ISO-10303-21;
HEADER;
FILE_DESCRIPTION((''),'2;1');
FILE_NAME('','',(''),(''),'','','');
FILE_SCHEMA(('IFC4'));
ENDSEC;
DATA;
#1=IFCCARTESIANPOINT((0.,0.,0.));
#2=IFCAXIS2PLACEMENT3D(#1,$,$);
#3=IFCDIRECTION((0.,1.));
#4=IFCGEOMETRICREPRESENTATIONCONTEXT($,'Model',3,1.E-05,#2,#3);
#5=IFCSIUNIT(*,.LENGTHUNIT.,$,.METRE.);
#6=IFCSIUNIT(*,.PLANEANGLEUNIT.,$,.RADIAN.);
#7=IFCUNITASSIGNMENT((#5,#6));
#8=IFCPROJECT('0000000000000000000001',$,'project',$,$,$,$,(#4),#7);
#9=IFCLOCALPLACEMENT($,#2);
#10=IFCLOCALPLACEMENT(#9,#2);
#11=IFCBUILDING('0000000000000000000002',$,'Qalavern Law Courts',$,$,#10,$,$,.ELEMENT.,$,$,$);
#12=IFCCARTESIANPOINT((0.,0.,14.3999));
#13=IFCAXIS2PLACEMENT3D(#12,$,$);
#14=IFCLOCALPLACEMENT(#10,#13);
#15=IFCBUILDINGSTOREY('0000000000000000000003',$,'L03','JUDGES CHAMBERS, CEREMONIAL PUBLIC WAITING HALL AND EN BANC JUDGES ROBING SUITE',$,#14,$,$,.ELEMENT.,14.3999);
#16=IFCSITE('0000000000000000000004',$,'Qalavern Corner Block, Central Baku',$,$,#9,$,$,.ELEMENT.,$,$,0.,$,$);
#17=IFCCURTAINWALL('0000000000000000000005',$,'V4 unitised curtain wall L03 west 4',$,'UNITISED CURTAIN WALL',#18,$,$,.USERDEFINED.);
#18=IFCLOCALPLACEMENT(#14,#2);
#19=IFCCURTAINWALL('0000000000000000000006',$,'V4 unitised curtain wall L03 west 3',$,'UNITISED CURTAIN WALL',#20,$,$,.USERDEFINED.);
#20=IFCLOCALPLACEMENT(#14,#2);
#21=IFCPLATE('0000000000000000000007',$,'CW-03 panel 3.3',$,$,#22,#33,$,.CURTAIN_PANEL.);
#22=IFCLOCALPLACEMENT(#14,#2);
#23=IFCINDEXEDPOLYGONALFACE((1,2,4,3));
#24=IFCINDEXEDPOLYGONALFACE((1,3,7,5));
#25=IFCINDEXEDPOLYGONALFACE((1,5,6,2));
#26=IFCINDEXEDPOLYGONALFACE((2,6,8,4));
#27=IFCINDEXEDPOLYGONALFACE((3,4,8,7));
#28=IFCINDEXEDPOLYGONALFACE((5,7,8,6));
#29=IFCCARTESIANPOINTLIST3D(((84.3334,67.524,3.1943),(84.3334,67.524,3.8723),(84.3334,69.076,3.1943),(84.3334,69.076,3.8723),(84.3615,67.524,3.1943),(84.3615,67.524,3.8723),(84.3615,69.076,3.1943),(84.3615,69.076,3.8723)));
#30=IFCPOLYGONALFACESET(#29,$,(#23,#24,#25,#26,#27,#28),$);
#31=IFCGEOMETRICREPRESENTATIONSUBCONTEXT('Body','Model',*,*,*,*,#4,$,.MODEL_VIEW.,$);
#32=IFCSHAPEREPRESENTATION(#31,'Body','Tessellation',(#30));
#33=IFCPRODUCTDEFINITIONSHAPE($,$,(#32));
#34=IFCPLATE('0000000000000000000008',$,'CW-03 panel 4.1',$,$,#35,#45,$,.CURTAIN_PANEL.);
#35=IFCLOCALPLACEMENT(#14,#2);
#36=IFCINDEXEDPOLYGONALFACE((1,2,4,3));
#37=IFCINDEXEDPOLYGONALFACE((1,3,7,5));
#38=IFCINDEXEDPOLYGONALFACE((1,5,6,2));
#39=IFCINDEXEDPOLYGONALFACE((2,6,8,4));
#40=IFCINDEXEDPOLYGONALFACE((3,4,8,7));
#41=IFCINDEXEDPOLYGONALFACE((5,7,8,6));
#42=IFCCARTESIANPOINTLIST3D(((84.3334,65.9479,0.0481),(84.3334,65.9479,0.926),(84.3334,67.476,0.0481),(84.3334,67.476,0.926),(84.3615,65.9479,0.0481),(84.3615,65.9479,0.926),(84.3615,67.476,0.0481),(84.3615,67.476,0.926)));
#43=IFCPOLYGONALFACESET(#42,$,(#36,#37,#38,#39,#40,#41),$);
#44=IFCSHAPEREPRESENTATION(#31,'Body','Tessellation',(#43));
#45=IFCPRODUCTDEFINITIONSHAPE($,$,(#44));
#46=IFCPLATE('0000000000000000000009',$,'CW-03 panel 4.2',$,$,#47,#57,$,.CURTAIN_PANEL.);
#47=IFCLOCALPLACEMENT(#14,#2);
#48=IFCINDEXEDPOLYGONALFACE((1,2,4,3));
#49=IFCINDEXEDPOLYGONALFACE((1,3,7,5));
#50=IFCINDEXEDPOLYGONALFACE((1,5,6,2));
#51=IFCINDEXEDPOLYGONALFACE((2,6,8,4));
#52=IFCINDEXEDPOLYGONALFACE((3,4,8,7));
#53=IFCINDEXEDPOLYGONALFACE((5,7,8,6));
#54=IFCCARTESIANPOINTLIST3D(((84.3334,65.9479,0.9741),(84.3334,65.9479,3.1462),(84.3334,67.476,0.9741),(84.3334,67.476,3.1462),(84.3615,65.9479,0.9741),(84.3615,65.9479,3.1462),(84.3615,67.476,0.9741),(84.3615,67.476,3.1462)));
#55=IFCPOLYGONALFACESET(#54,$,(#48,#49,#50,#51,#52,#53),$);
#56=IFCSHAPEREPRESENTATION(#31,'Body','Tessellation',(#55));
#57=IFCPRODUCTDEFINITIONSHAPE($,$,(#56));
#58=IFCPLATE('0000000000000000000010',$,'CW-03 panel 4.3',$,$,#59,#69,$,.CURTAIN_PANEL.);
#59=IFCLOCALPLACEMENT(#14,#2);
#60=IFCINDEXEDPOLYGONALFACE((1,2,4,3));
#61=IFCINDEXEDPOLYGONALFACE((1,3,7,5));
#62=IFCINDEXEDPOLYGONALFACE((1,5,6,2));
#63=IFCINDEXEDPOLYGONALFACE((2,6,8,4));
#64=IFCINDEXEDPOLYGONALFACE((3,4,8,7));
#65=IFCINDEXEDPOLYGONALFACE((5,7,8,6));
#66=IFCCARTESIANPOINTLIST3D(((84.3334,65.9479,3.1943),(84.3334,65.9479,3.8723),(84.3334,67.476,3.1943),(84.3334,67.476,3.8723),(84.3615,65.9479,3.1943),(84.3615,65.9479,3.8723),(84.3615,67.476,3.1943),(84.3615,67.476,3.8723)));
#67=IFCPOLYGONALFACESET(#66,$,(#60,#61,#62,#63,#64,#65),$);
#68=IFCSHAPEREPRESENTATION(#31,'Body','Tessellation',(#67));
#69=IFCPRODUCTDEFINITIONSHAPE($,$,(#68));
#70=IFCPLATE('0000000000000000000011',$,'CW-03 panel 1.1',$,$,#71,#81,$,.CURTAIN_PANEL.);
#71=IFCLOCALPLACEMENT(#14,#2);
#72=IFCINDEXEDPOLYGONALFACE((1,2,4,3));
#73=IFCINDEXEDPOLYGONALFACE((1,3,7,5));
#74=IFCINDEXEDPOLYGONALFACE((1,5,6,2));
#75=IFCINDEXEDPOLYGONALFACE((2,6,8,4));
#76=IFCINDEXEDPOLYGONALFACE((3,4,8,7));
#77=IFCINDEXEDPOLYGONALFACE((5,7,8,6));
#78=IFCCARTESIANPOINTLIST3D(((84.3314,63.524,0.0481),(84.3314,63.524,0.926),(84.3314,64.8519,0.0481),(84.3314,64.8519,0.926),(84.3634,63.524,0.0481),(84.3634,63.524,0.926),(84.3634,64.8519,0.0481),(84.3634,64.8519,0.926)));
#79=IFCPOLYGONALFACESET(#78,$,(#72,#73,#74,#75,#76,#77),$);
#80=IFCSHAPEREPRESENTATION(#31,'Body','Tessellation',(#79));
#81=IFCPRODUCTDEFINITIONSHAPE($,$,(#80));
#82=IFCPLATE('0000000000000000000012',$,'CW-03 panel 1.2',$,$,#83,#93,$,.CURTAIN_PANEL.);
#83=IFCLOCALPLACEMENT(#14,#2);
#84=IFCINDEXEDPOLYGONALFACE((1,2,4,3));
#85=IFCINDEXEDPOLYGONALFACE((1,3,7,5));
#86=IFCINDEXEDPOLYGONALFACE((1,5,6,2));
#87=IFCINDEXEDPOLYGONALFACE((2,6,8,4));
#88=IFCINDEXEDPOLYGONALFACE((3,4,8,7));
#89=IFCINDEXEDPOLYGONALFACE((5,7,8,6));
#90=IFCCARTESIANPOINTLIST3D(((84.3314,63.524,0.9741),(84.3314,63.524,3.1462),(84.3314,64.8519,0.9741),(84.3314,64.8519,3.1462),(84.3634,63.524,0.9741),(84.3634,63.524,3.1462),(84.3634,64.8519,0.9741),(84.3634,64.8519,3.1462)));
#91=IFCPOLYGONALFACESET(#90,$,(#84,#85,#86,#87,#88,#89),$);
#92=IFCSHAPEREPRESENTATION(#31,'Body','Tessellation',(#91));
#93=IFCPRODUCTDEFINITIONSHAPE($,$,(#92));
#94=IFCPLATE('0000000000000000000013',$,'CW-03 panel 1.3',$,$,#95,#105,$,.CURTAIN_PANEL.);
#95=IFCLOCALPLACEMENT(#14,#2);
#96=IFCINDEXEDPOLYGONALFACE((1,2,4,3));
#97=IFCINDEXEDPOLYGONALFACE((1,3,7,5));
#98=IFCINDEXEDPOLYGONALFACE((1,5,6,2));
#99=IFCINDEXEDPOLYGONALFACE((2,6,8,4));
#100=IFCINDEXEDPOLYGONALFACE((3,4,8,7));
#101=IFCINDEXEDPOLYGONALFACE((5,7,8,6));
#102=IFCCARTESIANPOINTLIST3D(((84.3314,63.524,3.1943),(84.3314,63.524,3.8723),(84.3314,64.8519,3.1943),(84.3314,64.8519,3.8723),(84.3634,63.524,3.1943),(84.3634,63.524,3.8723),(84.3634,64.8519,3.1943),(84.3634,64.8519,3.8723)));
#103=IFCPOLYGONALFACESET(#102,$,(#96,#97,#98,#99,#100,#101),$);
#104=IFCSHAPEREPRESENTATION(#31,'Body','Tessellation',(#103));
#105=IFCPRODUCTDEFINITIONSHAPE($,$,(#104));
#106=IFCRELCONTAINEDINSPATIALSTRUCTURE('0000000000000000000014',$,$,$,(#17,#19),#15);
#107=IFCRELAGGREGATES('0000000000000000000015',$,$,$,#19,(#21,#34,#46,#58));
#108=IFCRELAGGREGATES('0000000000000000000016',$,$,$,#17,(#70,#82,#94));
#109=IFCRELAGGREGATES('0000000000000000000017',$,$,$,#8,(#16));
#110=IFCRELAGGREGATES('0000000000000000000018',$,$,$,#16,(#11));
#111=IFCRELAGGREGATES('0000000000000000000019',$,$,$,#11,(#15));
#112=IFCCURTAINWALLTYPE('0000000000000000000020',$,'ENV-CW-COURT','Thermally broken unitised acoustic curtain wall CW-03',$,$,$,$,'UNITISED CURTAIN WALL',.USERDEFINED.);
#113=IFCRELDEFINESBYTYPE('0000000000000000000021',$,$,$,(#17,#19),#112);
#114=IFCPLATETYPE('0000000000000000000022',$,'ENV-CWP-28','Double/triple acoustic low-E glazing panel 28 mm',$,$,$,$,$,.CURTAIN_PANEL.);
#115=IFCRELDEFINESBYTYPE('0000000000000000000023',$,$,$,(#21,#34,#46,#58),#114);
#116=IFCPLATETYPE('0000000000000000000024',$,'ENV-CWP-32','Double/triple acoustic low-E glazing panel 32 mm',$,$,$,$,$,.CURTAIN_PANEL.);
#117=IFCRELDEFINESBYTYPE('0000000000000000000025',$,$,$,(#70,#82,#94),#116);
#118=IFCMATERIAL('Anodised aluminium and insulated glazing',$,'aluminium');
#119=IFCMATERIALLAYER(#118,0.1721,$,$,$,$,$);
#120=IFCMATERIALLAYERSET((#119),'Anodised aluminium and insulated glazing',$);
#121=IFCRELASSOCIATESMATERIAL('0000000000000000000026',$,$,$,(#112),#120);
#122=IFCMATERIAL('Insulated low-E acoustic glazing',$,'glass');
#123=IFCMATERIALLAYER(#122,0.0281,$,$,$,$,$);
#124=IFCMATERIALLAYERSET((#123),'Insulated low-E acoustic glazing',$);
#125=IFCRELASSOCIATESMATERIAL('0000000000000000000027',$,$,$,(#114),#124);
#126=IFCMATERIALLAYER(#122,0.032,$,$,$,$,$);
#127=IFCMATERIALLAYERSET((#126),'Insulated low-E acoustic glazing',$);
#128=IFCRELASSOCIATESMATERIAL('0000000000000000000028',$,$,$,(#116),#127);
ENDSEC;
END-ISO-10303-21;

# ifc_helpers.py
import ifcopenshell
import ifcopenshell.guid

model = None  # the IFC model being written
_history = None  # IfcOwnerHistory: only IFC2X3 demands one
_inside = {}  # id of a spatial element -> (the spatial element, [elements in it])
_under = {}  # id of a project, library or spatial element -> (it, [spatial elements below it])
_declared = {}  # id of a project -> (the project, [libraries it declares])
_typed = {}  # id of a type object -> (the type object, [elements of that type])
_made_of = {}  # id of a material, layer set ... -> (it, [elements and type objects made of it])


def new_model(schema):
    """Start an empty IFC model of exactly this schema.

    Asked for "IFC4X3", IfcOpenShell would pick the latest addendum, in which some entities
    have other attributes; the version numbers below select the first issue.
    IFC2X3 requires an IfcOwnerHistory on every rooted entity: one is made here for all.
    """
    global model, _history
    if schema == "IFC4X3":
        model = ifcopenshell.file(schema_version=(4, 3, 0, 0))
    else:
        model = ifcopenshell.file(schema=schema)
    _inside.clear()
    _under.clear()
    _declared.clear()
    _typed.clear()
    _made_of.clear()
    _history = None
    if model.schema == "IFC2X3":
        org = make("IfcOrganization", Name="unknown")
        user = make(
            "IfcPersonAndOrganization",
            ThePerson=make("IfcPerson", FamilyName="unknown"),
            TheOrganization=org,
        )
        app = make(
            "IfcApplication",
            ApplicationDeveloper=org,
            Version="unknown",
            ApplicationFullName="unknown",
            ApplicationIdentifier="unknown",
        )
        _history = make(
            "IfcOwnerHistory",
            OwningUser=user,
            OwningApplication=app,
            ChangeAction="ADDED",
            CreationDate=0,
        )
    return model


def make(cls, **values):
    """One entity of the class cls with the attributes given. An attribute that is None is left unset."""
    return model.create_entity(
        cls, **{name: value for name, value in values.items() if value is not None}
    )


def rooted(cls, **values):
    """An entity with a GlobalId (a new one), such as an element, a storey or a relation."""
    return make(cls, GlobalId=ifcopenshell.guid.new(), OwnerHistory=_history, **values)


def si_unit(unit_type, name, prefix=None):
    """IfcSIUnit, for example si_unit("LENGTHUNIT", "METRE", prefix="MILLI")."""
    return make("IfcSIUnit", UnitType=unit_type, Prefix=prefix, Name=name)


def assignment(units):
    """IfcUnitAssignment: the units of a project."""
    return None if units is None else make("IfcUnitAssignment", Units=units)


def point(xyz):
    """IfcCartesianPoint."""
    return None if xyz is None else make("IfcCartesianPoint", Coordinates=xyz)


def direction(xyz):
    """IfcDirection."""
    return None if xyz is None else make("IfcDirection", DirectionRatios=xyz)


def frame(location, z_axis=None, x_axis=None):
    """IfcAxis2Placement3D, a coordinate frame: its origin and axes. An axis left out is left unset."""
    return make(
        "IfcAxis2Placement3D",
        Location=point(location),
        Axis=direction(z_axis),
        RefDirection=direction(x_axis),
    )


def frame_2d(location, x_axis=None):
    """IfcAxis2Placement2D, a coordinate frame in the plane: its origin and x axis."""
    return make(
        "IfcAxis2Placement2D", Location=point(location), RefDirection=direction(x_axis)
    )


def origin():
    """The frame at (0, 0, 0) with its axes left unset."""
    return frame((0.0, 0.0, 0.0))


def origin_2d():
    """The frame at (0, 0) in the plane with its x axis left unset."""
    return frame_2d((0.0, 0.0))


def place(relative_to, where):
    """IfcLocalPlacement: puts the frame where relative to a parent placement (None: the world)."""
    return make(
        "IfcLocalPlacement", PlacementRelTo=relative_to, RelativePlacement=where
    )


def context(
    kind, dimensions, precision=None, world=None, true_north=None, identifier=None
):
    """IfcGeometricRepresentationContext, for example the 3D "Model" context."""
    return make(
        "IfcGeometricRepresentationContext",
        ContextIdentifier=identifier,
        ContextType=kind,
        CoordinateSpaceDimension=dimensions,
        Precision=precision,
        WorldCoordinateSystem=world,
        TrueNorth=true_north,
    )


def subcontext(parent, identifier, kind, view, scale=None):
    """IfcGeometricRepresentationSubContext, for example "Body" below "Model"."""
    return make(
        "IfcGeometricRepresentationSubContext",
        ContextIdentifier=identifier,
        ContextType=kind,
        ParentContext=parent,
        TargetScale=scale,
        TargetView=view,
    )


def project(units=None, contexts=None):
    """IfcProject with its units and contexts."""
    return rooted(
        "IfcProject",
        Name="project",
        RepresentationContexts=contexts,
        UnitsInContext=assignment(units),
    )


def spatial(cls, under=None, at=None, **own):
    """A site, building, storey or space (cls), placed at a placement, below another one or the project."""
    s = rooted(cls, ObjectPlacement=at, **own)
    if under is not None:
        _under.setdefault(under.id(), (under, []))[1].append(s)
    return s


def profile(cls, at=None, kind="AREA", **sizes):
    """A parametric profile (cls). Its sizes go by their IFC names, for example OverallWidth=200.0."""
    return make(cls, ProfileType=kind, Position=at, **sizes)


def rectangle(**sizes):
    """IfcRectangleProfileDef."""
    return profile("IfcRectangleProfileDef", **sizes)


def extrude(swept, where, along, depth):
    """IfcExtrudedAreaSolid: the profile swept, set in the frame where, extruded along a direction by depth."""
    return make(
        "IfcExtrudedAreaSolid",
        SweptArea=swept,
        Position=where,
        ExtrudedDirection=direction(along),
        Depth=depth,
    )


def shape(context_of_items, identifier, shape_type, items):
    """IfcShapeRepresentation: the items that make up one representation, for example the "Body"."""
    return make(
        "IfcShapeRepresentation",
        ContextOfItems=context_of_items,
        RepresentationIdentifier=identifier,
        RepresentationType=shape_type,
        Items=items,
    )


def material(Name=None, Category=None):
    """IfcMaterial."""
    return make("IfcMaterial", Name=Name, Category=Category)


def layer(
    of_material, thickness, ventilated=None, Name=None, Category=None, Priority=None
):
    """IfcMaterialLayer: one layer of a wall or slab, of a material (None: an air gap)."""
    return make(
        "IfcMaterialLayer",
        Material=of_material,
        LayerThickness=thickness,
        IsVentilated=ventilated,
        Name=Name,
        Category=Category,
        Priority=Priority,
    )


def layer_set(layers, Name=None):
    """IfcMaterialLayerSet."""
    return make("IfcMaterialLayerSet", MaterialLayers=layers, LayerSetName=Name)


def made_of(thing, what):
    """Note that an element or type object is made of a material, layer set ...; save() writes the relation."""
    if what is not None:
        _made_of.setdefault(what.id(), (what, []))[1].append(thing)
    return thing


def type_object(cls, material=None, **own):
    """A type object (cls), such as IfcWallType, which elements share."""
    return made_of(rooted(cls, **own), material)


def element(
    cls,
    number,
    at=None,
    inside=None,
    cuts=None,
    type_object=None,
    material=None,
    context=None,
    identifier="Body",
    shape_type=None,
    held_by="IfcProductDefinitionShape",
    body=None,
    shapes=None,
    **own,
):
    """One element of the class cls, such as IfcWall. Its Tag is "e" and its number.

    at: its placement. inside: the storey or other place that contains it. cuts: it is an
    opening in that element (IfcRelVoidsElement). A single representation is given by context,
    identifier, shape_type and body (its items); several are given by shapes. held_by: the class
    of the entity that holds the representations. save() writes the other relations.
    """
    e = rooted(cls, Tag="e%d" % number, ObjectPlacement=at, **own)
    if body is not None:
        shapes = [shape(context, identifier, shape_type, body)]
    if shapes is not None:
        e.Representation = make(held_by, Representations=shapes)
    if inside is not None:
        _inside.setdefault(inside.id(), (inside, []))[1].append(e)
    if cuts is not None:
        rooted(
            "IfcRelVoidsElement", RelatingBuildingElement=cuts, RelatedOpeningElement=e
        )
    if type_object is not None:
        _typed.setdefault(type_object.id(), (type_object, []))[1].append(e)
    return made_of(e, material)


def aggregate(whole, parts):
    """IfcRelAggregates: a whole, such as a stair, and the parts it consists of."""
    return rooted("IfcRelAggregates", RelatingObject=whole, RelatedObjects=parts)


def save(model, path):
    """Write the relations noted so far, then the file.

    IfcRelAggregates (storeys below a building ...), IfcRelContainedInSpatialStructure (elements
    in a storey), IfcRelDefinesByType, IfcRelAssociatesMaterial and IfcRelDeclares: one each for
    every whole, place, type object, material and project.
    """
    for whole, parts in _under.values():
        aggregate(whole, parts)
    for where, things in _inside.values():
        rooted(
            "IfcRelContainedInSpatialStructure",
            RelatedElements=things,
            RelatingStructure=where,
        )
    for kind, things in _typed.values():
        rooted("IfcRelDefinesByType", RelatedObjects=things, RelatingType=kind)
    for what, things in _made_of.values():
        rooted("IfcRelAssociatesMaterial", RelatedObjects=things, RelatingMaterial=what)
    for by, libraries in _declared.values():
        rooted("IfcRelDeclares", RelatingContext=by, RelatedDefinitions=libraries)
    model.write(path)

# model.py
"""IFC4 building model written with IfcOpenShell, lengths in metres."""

from ifc_helpers import new_model, si_unit, direction, frame, origin, origin_2d, place, context, subcontext, project, spatial, rectangle, extrude, material, layer, layer_set, type_object, element, aggregate, save


model = new_model("IFC4")

# Units and contexts
model_context = context("Model", 3, precision=1e-05, world=origin(), true_north=direction((0.0, 1.0)))
body_context = subcontext(model_context, "Body", "Model", "MODEL_VIEW")
ifc_project = project(units=[si_unit("LENGTHUNIT", "METRE"), si_unit("PLANEANGLEUNIT", "RADIAN")], contexts=[model_context])

# Site, building, storey
site_placement = place(None, origin())
site = spatial("IfcSite", under=ifc_project, at=site_placement, Name="Qalavern Corner Block, Central Baku", CompositionType="ELEMENT", RefElevation=0.0)
building_placement = place(site_placement, origin())
building = spatial("IfcBuilding", under=site, at=building_placement, Name="Qalavern Law Courts", CompositionType="ELEMENT")
storey_placement = place(building_placement, frame((0.0, 0.0, 14.3999)))
storey = spatial("IfcBuildingStorey", under=building, at=storey_placement, Name="L03", Description="JUDGES CHAMBERS, CEREMONIAL PUBLIC WAITING HALL AND EN BANC JUDGES ROBING SUITE", CompositionType="ELEMENT", Elevation=14.3999)

# Curtain wall
ifc_material_1 = material(Name="Anodised aluminium and insulated glazing", Category="aluminium")
ifc_layer_1 = layer(ifc_material_1, 0.1721)
ifc_layer_set_1 = layer_set([ifc_layer_1], Name="Anodised aluminium and insulated glazing")
curtain_wall_type = type_object("IfcCurtainWallType", Name="ENV-CW-COURT", Description="Thermally broken unitised acoustic curtain wall CW-03", ElementType="UNITISED CURTAIN WALL", PredefinedType="USERDEFINED", material=ifc_layer_set_1)
curtain_wall_1_placement = place(storey_placement, origin())
curtain_wall_1 = element("IfcCurtainWall", 1, at=curtain_wall_1_placement, inside=storey, type_object=curtain_wall_type, Name="V4 unitised curtain wall L03 west 4", ObjectType="UNITISED CURTAIN WALL", PredefinedType="USERDEFINED")

# Curtain wall
curtain_wall_2_placement = place(storey_placement, origin())
curtain_wall_2 = element("IfcCurtainWall", 2, at=curtain_wall_2_placement, inside=storey, type_object=curtain_wall_type, Name="V4 unitised curtain wall L03 west 3", ObjectType="UNITISED CURTAIN WALL", PredefinedType="USERDEFINED")

# Plates
ifc_material_2 = material(Name="Insulated low-E acoustic glazing", Category="glass")
ifc_layer_2 = layer(ifc_material_2, 0.0281)
ifc_layer_set_2 = layer_set([ifc_layer_2], Name="Insulated low-E acoustic glazing")
plate_type_1 = type_object("IfcPlateType", Name="ENV-CWP-28", Description="Double/triple acoustic low-E glazing panel 28 mm", PredefinedType="CURTAIN_PANEL", material=ifc_layer_set_2)
plate_1_placement = place(storey_placement, frame((84.3474, 68.3, 3.1943), z_axis=(0.0, 0.0, 1.0), x_axis=(0.0, -1.0, 0.0)))
plate_1 = element("IfcPlate", 3, at=plate_1_placement, type_object=plate_type_1, Name="CW-03 panel 3.3", PredefinedType="CURTAIN_PANEL", context=body_context, shape_type="SweptSolid", body=[
    extrude(rectangle(XDim=1.552, YDim=0.0281, at=origin_2d()), origin(), (0.0, 0.0, 1.0), 0.678),
])
plate_2_placement = place(storey_placement, frame((84.3474, 66.7119, 0.0481), z_axis=(0.0, 0.0, 1.0), x_axis=(0.0, -1.0, 0.0)))
plate_2 = element("IfcPlate", 4, at=plate_2_placement, type_object=plate_type_1, Name="CW-03 panel 4.1", PredefinedType="CURTAIN_PANEL", context=body_context, shape_type="SweptSolid", body=[
    extrude(rectangle(XDim=1.5281, YDim=0.0281, at=origin_2d()), origin(), (0.0, 0.0, 1.0), 0.8779),
])
plate_3_placement = place(storey_placement, frame((84.3474, 66.7119, 0.9741), z_axis=(0.0, 0.0, 1.0), x_axis=(0.0, -1.0, 0.0)))
plate_3 = element("IfcPlate", 5, at=plate_3_placement, type_object=plate_type_1, Name="CW-03 panel 4.2", PredefinedType="CURTAIN_PANEL", context=body_context, shape_type="SweptSolid", body=[
    extrude(rectangle(XDim=1.5281, YDim=0.0281, at=origin_2d()), origin(), (0.0, 0.0, 1.0), 2.1721),
])
plate_4_placement = place(storey_placement, frame((84.3474, 66.7119, 3.1943), z_axis=(0.0, 0.0, 1.0), x_axis=(0.0, -1.0, 0.0)))
plate_4 = element("IfcPlate", 6, at=plate_4_placement, type_object=plate_type_1, Name="CW-03 panel 4.3", PredefinedType="CURTAIN_PANEL", context=body_context, shape_type="SweptSolid", body=[
    extrude(rectangle(XDim=1.5281, YDim=0.0281, at=origin_2d()), origin(), (0.0, 0.0, 1.0), 0.678),
])
aggregate(curtain_wall_2, [plate_1, plate_2, plate_3, plate_4])
ifc_layer_3 = layer(ifc_material_2, 0.032)
ifc_layer_set_3 = layer_set([ifc_layer_3], Name="Insulated low-E acoustic glazing")
plate_type_2 = type_object("IfcPlateType", Name="ENV-CWP-32", Description="Double/triple acoustic low-E glazing panel 32 mm", PredefinedType="CURTAIN_PANEL", material=ifc_layer_set_3)
plate_5_placement = place(storey_placement, frame((84.3474, 64.188, 0.0481), z_axis=(0.0, 0.0, 1.0), x_axis=(0.0, -1.0, 0.0)))
plate_5 = element("IfcPlate", 7, at=plate_5_placement, type_object=plate_type_2, Name="CW-03 panel 1.1", PredefinedType="CURTAIN_PANEL", context=body_context, shape_type="SweptSolid", body=[
    extrude(rectangle(XDim=1.3279, YDim=0.032, at=origin_2d()), origin(), (0.0, 0.0, 1.0), 0.8779),
])
plate_6_placement = place(storey_placement, frame((84.3474, 64.188, 0.9741), z_axis=(0.0, 0.0, 1.0), x_axis=(0.0, -1.0, 0.0)))
plate_6 = element("IfcPlate", 8, at=plate_6_placement, type_object=plate_type_2, Name="CW-03 panel 1.2", PredefinedType="CURTAIN_PANEL", context=body_context, shape_type="SweptSolid", body=[
    extrude(rectangle(XDim=1.3279, YDim=0.032, at=origin_2d()), origin(), (0.0, 0.0, 1.0), 2.1721),
])
plate_7_placement = place(storey_placement, frame((84.3474, 64.188, 3.1943), z_axis=(0.0, 0.0, 1.0), x_axis=(0.0, -1.0, 0.0)))
plate_7 = element("IfcPlate", 9, at=plate_7_placement, type_object=plate_type_2, Name="CW-03 panel 1.3", PredefinedType="CURTAIN_PANEL", context=body_context, shape_type="SweptSolid", body=[
    extrude(rectangle(XDim=1.3279, YDim=0.032, at=origin_2d()), origin(), (0.0, 0.0, 1.0), 0.678),
])
aggregate(curtain_wall_1, [plate_5, plate_6, plate_7])

save(model, "model.ifc")
